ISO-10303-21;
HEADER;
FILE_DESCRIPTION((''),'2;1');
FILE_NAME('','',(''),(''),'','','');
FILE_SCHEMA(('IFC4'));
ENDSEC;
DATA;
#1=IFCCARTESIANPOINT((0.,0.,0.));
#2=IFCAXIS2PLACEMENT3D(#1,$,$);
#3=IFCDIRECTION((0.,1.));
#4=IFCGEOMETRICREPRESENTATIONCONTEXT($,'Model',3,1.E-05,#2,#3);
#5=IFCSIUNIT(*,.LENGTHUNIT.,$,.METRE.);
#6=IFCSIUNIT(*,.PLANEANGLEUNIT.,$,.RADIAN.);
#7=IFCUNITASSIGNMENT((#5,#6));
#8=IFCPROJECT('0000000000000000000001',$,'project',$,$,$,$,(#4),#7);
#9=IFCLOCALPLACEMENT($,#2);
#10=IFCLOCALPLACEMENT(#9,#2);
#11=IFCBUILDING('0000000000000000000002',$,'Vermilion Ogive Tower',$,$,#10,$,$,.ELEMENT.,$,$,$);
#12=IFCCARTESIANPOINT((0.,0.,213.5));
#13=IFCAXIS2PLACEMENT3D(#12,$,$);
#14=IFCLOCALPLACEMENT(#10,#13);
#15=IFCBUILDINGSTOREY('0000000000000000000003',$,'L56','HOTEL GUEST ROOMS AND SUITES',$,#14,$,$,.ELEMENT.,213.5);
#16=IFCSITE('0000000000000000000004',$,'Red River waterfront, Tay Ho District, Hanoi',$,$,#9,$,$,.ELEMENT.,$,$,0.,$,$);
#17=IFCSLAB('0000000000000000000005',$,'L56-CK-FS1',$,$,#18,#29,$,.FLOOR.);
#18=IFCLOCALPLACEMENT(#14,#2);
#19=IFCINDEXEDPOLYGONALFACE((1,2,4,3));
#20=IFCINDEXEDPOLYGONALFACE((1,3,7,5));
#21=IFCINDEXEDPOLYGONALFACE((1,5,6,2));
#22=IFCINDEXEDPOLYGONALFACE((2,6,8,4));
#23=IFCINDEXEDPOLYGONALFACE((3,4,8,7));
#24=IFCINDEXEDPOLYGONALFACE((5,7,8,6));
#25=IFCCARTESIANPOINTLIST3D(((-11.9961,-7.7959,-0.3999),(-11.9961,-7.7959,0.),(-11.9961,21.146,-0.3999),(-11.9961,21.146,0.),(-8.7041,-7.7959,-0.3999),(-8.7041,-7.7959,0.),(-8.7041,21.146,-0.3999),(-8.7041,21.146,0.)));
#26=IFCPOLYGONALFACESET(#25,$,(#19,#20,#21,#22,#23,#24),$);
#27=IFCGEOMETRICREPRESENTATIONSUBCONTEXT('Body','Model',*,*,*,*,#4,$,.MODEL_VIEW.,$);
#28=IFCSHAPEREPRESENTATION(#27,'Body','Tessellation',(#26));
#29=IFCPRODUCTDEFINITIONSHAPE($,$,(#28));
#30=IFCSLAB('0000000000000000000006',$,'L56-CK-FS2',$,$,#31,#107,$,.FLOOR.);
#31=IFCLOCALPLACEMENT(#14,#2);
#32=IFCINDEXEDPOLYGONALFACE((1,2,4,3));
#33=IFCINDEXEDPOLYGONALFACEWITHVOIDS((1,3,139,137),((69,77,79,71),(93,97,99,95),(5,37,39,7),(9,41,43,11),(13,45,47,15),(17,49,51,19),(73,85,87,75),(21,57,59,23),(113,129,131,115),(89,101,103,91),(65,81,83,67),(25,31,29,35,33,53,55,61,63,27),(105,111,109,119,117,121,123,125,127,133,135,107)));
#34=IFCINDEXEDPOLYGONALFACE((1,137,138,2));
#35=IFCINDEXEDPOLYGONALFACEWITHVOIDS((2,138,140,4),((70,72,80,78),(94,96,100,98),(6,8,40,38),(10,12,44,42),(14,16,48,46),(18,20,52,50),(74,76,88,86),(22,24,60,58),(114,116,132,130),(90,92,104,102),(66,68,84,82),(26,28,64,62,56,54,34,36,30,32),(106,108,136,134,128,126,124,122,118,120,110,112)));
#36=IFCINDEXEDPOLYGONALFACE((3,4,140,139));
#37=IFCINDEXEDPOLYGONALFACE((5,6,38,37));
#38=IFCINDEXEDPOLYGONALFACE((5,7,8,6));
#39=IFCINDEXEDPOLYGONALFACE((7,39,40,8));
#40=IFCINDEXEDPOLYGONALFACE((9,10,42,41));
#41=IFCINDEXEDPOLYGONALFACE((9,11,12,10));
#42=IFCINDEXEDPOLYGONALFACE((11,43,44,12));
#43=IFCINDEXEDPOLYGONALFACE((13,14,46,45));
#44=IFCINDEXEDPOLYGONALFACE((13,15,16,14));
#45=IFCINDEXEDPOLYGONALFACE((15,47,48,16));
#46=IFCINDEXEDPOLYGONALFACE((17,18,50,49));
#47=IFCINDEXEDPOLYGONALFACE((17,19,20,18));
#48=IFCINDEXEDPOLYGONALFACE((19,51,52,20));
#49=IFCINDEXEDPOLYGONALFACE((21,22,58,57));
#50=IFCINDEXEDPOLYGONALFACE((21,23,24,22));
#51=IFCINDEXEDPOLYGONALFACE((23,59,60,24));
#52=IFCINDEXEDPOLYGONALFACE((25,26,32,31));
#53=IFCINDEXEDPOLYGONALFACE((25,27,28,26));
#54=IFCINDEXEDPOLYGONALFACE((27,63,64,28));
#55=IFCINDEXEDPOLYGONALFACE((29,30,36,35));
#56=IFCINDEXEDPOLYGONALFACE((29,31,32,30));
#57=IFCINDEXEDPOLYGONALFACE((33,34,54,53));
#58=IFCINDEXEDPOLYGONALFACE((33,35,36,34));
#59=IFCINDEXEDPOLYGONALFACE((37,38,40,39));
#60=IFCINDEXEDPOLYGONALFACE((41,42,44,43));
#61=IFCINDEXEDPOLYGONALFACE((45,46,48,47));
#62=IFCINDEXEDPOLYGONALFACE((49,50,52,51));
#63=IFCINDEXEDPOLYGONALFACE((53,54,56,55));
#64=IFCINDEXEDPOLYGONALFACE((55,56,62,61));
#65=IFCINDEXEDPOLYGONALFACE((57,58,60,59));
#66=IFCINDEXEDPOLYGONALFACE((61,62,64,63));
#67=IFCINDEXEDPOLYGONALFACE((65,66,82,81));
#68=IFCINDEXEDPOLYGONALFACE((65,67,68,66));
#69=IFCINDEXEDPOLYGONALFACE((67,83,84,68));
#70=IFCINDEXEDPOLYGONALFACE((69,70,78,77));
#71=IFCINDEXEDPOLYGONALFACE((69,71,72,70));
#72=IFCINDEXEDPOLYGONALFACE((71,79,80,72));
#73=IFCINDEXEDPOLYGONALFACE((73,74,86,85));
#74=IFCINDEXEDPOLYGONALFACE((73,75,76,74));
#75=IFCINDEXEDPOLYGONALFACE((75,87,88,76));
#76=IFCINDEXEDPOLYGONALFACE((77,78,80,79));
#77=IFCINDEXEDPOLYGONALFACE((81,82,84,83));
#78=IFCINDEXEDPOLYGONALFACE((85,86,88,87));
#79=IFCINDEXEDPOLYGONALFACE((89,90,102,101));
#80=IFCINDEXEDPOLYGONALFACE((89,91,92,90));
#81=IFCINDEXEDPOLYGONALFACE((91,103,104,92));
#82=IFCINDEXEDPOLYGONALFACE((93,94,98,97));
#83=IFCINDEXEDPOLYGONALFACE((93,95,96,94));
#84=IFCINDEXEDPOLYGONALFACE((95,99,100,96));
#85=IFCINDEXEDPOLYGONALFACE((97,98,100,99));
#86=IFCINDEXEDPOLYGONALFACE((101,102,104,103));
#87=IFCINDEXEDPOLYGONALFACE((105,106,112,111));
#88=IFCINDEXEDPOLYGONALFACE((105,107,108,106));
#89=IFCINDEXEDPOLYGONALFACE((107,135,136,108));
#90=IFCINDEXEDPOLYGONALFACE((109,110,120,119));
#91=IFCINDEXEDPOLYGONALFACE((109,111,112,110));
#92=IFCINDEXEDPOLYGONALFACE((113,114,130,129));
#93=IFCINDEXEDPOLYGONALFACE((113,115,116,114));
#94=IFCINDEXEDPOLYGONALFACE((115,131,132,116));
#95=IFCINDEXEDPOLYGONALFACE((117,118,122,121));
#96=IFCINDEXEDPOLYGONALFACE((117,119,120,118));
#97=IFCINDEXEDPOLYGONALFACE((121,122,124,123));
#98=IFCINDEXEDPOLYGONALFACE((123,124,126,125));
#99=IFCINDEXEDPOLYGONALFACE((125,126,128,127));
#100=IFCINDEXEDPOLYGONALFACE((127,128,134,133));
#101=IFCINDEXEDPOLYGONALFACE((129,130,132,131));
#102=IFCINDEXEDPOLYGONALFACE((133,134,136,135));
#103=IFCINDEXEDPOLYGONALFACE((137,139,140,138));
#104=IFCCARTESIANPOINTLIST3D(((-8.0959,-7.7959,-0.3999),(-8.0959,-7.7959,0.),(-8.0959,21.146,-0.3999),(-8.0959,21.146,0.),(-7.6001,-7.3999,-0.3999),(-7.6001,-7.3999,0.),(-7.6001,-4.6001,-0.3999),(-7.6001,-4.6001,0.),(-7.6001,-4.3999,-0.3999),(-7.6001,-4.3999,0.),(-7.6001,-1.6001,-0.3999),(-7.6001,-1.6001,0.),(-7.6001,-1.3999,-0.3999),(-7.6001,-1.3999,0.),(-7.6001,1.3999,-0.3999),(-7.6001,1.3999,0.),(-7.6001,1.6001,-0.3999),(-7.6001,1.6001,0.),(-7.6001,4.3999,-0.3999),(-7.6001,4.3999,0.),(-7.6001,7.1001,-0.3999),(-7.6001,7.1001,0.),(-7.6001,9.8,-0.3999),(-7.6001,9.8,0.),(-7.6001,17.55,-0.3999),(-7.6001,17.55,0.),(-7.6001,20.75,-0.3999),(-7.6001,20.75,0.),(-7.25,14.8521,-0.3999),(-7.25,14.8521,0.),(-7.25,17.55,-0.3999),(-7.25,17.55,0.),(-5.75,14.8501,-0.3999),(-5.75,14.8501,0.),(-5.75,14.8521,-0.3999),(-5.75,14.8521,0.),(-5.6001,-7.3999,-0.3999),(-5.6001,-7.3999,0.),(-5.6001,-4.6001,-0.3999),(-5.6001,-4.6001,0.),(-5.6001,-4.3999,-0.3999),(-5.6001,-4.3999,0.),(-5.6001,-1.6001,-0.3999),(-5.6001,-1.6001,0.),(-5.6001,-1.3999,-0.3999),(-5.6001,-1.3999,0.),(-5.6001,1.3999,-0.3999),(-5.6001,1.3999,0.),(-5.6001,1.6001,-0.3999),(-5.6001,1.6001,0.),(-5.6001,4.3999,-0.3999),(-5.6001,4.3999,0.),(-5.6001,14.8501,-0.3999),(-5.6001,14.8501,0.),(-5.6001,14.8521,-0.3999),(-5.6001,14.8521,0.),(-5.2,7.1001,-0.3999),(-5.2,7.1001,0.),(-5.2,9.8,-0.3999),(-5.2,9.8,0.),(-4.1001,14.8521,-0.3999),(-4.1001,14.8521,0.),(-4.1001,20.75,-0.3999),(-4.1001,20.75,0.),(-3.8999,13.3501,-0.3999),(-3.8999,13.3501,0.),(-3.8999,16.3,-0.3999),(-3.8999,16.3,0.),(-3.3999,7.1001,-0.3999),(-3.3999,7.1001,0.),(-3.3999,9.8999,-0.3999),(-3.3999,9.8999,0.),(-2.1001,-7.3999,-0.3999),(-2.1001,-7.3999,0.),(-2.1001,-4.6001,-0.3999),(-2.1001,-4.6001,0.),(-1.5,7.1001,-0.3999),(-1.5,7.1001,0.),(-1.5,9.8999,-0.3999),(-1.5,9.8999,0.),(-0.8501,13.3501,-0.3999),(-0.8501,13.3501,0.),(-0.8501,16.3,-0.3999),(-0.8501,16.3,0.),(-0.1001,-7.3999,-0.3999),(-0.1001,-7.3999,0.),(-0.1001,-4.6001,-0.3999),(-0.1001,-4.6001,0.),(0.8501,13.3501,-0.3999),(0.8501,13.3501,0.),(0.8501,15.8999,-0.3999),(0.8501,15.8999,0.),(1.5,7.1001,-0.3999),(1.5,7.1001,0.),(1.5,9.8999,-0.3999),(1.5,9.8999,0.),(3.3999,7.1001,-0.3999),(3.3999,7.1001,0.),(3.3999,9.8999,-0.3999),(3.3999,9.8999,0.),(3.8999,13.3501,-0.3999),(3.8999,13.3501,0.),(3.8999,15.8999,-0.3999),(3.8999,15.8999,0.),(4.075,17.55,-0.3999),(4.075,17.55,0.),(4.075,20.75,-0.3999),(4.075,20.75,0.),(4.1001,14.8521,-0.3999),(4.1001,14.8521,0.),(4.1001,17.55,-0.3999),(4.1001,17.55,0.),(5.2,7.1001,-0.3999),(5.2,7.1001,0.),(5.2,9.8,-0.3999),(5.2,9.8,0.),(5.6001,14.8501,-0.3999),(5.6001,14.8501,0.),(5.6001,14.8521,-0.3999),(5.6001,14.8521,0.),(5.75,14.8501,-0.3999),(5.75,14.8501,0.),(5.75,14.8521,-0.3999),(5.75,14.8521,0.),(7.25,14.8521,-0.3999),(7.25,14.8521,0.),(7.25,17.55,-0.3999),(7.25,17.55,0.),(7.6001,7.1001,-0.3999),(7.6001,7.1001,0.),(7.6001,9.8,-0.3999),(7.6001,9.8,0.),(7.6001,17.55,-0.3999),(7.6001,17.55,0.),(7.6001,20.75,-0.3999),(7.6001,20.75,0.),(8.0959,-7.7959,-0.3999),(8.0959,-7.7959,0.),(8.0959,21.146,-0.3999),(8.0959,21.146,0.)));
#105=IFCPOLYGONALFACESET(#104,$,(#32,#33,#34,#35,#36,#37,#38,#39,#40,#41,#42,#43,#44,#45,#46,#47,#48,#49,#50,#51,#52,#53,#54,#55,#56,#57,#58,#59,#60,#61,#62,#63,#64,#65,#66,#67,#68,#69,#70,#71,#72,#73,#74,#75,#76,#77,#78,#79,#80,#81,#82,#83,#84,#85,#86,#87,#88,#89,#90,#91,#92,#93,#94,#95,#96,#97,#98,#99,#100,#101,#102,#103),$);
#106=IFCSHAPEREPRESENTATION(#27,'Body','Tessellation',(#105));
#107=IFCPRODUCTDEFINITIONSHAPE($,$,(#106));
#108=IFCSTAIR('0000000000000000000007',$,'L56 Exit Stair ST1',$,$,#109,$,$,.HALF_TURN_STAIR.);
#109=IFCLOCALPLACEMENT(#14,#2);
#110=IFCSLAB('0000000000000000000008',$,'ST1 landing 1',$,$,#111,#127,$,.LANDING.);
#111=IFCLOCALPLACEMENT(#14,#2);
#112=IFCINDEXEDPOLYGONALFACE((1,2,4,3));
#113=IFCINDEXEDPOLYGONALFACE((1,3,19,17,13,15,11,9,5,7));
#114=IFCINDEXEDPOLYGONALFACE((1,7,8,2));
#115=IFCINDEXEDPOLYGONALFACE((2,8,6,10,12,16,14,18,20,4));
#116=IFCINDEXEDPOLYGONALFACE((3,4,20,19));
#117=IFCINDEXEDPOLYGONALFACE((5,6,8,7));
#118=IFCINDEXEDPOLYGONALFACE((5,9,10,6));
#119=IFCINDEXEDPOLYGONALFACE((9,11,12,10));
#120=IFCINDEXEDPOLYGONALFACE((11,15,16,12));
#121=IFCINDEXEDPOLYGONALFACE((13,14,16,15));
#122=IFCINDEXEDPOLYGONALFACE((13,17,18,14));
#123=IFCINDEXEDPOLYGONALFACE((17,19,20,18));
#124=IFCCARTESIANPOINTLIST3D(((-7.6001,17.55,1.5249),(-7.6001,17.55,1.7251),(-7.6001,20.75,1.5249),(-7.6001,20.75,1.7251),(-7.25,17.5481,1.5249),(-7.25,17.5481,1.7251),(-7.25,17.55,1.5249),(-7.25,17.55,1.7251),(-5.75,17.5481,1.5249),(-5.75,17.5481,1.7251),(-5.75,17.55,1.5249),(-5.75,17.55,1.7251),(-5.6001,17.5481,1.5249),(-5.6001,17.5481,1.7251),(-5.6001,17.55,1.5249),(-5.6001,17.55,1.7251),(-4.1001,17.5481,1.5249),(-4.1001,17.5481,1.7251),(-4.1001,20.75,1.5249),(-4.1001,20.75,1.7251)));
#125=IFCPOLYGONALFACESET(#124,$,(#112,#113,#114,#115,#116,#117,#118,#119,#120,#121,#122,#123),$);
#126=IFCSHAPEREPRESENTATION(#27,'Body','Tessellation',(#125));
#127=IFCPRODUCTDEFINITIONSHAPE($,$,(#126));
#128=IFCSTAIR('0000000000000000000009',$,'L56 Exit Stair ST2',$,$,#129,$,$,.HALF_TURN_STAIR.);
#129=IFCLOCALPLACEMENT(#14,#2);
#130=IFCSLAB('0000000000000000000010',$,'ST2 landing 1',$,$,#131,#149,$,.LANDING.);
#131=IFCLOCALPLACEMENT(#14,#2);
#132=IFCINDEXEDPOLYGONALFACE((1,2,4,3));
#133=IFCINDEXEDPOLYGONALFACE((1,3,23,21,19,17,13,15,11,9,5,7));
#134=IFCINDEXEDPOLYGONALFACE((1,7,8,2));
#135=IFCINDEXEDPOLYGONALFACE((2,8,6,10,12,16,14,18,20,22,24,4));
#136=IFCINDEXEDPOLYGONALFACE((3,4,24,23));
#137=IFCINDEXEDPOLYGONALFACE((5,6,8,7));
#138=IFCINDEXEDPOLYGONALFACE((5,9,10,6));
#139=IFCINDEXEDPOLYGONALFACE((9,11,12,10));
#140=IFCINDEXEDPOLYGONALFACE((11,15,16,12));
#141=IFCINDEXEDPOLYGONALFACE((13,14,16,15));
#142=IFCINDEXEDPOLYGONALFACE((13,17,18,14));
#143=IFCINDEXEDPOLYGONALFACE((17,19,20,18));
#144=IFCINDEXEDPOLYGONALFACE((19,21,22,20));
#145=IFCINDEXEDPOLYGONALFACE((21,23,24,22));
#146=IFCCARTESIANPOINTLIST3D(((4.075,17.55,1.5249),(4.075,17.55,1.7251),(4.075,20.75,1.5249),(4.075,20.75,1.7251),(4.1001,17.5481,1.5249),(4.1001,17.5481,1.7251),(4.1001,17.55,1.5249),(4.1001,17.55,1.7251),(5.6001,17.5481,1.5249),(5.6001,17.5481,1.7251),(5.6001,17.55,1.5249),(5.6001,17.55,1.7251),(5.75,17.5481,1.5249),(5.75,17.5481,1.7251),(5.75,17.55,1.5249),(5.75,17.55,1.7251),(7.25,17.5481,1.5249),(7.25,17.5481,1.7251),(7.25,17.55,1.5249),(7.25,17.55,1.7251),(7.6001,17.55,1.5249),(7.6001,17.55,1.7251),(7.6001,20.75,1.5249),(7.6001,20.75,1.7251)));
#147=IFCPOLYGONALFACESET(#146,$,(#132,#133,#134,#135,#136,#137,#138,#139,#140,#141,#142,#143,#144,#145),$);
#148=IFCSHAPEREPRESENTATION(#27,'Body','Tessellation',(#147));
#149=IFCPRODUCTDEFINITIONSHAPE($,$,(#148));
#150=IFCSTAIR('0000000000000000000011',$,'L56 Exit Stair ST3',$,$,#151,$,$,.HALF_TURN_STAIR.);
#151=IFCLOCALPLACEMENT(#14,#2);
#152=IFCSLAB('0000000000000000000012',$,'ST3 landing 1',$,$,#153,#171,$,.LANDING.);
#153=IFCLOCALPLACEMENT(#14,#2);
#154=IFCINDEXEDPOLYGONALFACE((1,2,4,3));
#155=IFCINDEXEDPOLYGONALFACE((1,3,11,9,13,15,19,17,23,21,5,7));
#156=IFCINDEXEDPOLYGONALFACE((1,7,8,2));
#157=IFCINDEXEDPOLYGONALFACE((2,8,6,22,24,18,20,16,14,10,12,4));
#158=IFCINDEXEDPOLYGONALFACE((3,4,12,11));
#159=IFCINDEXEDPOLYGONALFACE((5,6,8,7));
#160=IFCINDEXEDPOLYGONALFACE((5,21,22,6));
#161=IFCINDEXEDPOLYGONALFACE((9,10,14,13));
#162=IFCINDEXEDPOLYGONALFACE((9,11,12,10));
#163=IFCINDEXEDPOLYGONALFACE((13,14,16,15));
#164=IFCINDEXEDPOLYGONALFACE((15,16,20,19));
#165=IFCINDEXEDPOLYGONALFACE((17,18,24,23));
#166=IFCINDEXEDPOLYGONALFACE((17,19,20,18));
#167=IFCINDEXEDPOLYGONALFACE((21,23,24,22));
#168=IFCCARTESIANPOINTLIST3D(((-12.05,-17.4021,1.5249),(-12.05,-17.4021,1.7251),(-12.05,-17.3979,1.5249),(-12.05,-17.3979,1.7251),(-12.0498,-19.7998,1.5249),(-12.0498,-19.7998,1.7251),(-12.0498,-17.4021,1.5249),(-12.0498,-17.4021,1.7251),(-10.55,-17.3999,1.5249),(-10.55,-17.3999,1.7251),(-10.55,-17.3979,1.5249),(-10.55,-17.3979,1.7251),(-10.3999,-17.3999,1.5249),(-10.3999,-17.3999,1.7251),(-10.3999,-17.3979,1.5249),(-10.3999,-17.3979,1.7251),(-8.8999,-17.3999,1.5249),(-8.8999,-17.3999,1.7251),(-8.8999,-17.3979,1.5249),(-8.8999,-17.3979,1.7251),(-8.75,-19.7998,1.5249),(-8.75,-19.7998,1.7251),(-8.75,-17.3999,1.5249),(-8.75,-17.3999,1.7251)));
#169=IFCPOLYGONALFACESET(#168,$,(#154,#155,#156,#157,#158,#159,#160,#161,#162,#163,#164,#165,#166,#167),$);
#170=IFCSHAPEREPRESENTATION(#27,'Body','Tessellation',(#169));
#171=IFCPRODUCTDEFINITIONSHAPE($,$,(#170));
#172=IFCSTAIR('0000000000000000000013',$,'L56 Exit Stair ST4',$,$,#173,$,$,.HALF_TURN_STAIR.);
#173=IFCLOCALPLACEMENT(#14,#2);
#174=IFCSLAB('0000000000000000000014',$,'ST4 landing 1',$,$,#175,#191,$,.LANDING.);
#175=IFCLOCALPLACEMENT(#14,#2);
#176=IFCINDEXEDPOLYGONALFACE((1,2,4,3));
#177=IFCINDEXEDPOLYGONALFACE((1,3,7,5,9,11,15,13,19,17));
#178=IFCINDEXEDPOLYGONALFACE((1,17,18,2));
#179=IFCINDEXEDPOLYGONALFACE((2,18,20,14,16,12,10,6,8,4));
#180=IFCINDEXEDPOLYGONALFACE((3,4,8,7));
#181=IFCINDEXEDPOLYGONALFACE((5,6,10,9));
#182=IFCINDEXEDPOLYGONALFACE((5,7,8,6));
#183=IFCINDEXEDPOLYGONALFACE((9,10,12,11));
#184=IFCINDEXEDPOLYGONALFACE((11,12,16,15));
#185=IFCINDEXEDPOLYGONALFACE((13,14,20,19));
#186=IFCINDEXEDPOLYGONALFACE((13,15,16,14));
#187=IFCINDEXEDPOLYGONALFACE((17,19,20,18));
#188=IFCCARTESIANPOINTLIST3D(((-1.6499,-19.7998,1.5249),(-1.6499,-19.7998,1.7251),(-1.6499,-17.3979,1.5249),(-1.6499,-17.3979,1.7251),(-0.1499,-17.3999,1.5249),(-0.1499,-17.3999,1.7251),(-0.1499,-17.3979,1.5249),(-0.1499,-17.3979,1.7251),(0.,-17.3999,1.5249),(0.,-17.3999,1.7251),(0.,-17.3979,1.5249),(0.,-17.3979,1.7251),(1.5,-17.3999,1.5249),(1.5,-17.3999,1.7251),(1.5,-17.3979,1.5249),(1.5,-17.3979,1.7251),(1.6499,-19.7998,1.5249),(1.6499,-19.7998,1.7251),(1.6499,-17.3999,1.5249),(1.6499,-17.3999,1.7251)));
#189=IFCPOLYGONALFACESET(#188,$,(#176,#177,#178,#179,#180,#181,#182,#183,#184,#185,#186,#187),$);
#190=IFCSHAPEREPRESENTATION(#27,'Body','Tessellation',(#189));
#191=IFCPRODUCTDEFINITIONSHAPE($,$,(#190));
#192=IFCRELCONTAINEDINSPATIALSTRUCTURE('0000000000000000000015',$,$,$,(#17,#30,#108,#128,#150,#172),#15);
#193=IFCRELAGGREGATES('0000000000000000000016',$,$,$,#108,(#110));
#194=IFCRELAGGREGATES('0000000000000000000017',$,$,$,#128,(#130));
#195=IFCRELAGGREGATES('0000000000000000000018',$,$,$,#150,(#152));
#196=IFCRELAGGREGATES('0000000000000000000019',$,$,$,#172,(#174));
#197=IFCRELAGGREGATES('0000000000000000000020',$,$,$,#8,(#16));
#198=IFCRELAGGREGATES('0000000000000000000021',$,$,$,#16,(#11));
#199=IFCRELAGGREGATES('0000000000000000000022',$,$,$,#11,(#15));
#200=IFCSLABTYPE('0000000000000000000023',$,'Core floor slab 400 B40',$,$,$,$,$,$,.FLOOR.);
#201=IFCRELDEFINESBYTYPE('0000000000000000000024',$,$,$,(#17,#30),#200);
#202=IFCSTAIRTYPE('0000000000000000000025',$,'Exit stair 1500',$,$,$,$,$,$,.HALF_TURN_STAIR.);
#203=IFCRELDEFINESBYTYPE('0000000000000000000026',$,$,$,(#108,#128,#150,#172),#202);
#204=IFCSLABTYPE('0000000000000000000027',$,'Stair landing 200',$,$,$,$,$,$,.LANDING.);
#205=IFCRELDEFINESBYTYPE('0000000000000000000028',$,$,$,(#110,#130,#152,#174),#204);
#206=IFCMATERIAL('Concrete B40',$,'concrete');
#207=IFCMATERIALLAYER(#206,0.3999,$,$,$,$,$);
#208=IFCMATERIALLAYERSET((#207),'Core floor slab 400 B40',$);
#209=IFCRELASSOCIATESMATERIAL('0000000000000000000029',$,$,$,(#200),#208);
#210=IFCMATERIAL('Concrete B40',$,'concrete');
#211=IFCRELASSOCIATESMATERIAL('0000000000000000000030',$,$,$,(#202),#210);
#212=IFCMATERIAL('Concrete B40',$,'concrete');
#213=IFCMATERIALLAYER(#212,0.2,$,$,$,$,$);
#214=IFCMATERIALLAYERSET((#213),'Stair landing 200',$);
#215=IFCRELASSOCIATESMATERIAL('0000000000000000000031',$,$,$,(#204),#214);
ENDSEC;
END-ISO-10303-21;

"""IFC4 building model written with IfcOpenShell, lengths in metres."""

from ifc_helpers import new_model, si_unit, direction, frame, origin, place, context, subcontext, project, spatial, polyline, outline, extrude, material, layer, layer_set, type_object, element, aggregate, save


model = new_model("IFC4")

# Units and contexts
model_context = context("Model", 3, precision=1e-05, world=origin(), true_north=direction((0.0, 1.0)))
body_context = subcontext(model_context, "Body", "Model", "MODEL_VIEW")
ifc_project = project(units=[si_unit("LENGTHUNIT", "METRE"), si_unit("PLANEANGLEUNIT", "RADIAN")], contexts=[model_context])

# Site, building, storey
site_placement = place(None, origin())
site = spatial("IfcSite", under=ifc_project, at=site_placement, Name="Red River waterfront, Tay Ho District, Hanoi", CompositionType="ELEMENT", RefElevation=0.0)
building_placement = place(site_placement, origin())
building = spatial("IfcBuilding", under=site, at=building_placement, Name="Vermilion Ogive Tower", CompositionType="ELEMENT")
storey_placement = place(building_placement, frame((0.0, 0.0, 213.5)))
storey = spatial("IfcBuildingStorey", under=building, at=storey_placement, Name="L56", Description="HOTEL GUEST ROOMS AND SUITES", CompositionType="ELEMENT", Elevation=213.5)

# Slabs
ifc_material_1 = material(Name="Concrete B40", Category="concrete")
ifc_layer_1 = layer(ifc_material_1, 0.3999)
ifc_layer_set_1 = layer_set([ifc_layer_1], Name="Core floor slab 400 B40")
slab_type_1 = type_object("IfcSlabType", Name="Core floor slab 400 B40", PredefinedType="FLOOR", material=ifc_layer_set_1)
slab_1_placement = place(storey_placement, frame((0.0, 0.0, -0.3999)))
element("IfcSlab", 1, at=slab_1_placement, inside=storey, type_object=slab_type_1, Name="L56-CK-FS1", PredefinedType="FLOOR", context=body_context, shape_type="SweptSolid", body=[
    extrude(outline(polyline([(-11.9961, 21.146), (-8.7041, 21.146), (-8.7041, -7.7959), (-11.9961, -7.7959), (-11.9961, 21.146)])), origin(), (0.0, 0.0, 1.0), 0.3999),
])
slab_2_placement = place(storey_placement, frame((0.0, 0.0, -0.3999)))
element("IfcSlab", 2, at=slab_2_placement, inside=storey, type_object=slab_type_1, Name="L56-CK-FS2", PredefinedType="FLOOR", context=body_context, shape_type="SweptSolid", body=[
    extrude(outline(polyline([(-8.0959, -7.7959), (8.0959, -7.7959), (8.0959, 21.146), (-8.0959, 21.146), (-8.0959, -7.7959)]), holes=[polyline([(-7.6001, -7.3999), (-7.6001, -4.6001), (-5.6001, -4.6001), (-5.6001, -7.3999), (-7.6001, -7.3999)]), polyline([(-7.6001, -4.3999), (-7.6001, -1.6001), (-5.6001, -1.6001), (-5.6001, -4.3999), (-7.6001, -4.3999)]), polyline([(-7.6001, -1.3999), (-7.6001, 1.3999), (-5.6001, 1.3999), (-5.6001, -1.3999), (-7.6001, -1.3999)]), polyline([(-7.6001, 1.6001), (-7.6001, 4.3999), (-5.6001, 4.3999), (-5.6001, 1.6001), (-7.6001, 1.6001)]), polyline([(-7.6001, 7.1001), (-7.6001, 9.8), (-5.2, 9.8), (-5.2, 7.1001), (-7.6001, 7.1001)]), polyline([(-3.3999, 9.8999), (-1.5, 9.8999), (-1.5, 7.1001), (-3.3999, 7.1001), (-3.3999, 9.8999)]), polyline([(-7.6001, 17.55), (-7.6001, 20.75), (-4.1001, 20.75), (-4.1001, 14.8521), (-5.6001, 14.8521), (-5.6001, 14.8501), (-5.75, 14.8501), (-5.75, 14.8521), (-7.25, 14.8521), (-7.25, 17.55), (-7.6001, 17.55)]), polyline([(-2.1001, -7.3999), (-2.1001, -4.6001), (-0.1001, -4.6001), (-0.1001, -7.3999), (-2.1001, -7.3999)]), polyline([(5.2, 7.1001), (5.2, 9.8), (7.6001, 9.8), (7.6001, 7.1001), (5.2, 7.1001)]), polyline([(1.5, 7.1001), (1.5, 9.8999), (3.3999, 9.8999), (3.3999, 7.1001), (1.5, 7.1001)]), polyline([(0.8501, 13.3501), (0.8501, 15.8999), (3.8999, 15.8999), (3.8999, 13.3501), (0.8501, 13.3501)]), polyline([(-3.8999, 16.3), (-0.8501, 16.3), (-0.8501, 13.3501), (-3.8999, 13.3501), (-3.8999, 16.3)]), polyline([(5.75, 14.8501), (5.6001, 14.8501), (5.6001, 14.8521), (4.1001, 14.8521), (4.1001, 17.55), (4.075, 17.55), (4.075, 20.75), (7.6001, 20.75), (7.6001, 17.55), (7.25, 17.55), (7.25, 14.8521), (5.75, 14.8521), (5.75, 14.8501)])]), origin(), (0.0, 0.0, 1.0), 0.3999),
])

# Stairs, slabs
ifc_material_2 = material(Name="Concrete B40", Category="concrete")
stair_type = type_object("IfcStairType", Name="Exit stair 1500", PredefinedType="HALF_TURN_STAIR", material=ifc_material_2)
stair_1_placement = place(storey_placement, origin())
stair_1 = element("IfcStair", 3, at=stair_1_placement, inside=storey, type_object=stair_type, Name="L56 Exit Stair ST1", PredefinedType="HALF_TURN_STAIR")
ifc_material_3 = material(Name="Concrete B40", Category="concrete")
ifc_layer_2 = layer(ifc_material_3, 0.2)
ifc_layer_set_2 = layer_set([ifc_layer_2], Name="Stair landing 200")
slab_type_2 = type_object("IfcSlabType", Name="Stair landing 200", PredefinedType="LANDING", material=ifc_layer_set_2)
slab_3_placement = place(storey_placement, frame((0.0, 0.0, 1.5249)))
slab_3 = element("IfcSlab", 4, at=slab_3_placement, type_object=slab_type_2, Name="ST1 landing 1", PredefinedType="LANDING", context=body_context, shape_type="SweptSolid", body=[
    extrude(outline(polyline([(-7.6001, 17.55), (-7.25, 17.55), (-7.25, 17.5481), (-5.75, 17.5481), (-5.75, 17.55), (-5.6001, 17.55), (-5.6001, 17.5481), (-4.1001, 17.5481), (-4.1001, 20.75), (-7.6001, 20.75), (-7.6001, 17.55)])), origin(), (0.0, 0.0, 1.0), 0.2002),
])
aggregate(stair_1, [slab_3])
stair_2_placement = place(storey_placement, origin())
stair_2 = element("IfcStair", 5, at=stair_2_placement, inside=storey, type_object=stair_type, Name="L56 Exit Stair ST2", PredefinedType="HALF_TURN_STAIR")
slab_4_placement = place(storey_placement, frame((0.0, 0.0, 1.5249)))
slab_4 = element("IfcSlab", 6, at=slab_4_placement, type_object=slab_type_2, Name="ST2 landing 1", PredefinedType="LANDING", context=body_context, shape_type="SweptSolid", body=[
    extrude(outline(polyline([(5.6001, 17.55), (5.75, 17.55), (5.75, 17.5481), (7.25, 17.5481), (7.25, 17.55), (7.6001, 17.55), (7.6001, 20.75), (4.075, 20.75), (4.075, 17.55), (4.1001, 17.55), (4.1001, 17.5481), (5.6001, 17.5481), (5.6001, 17.55)])), origin(), (0.0, 0.0, 1.0), 0.2002),
])
aggregate(stair_2, [slab_4])
stair_3_placement = place(storey_placement, origin())
stair_3 = element("IfcStair", 7, at=stair_3_placement, inside=storey, type_object=stair_type, Name="L56 Exit Stair ST3", PredefinedType="HALF_TURN_STAIR")
slab_5_placement = place(storey_placement, frame((0.0, 0.0, 1.5249)))
slab_5 = element("IfcSlab", 8, at=slab_5_placement, type_object=slab_type_2, Name="ST3 landing 1", PredefinedType="LANDING", context=body_context, shape_type="SweptSolid", body=[
    extrude(outline(polyline([(-8.75, -17.3999), (-8.8999, -17.3999), (-8.8999, -17.3979), (-10.3999, -17.3979), (-10.3999, -17.3999), (-10.55, -17.3999), (-10.55, -17.3979), (-12.05, -17.3979), (-12.05, -17.4021), (-12.0498, -17.4021), (-12.0498, -19.7998), (-8.75, -19.7998), (-8.75, -17.3999)])), origin(), (0.0, 0.0, 1.0), 0.2002),
])
aggregate(stair_3, [slab_5])
stair_4_placement = place(storey_placement, origin())
stair_4 = element("IfcStair", 9, at=stair_4_placement, inside=storey, type_object=stair_type, Name="L56 Exit Stair ST4", PredefinedType="HALF_TURN_STAIR")
slab_6_placement = place(storey_placement, frame((0.0, 0.0, 1.5249)))
slab_6 = element("IfcSlab", 10, at=slab_6_placement, type_object=slab_type_2, Name="ST4 landing 1", PredefinedType="LANDING", context=body_context, shape_type="SweptSolid", body=[
    extrude(outline(polyline([(1.6499, -17.3999), (1.5, -17.3999), (1.5, -17.3979), (0.0, -17.3979), (0.0, -17.3999), (-0.1499, -17.3999), (-0.1499, -17.3979), (-1.6499, -17.3979), (-1.6499, -19.7998), (1.6499, -19.7998), (1.6499, -17.3999)])), origin(), (0.0, 0.0, 1.0), 0.2002),
])
aggregate(stair_4, [slab_6])

save(model, "model.ifc")
